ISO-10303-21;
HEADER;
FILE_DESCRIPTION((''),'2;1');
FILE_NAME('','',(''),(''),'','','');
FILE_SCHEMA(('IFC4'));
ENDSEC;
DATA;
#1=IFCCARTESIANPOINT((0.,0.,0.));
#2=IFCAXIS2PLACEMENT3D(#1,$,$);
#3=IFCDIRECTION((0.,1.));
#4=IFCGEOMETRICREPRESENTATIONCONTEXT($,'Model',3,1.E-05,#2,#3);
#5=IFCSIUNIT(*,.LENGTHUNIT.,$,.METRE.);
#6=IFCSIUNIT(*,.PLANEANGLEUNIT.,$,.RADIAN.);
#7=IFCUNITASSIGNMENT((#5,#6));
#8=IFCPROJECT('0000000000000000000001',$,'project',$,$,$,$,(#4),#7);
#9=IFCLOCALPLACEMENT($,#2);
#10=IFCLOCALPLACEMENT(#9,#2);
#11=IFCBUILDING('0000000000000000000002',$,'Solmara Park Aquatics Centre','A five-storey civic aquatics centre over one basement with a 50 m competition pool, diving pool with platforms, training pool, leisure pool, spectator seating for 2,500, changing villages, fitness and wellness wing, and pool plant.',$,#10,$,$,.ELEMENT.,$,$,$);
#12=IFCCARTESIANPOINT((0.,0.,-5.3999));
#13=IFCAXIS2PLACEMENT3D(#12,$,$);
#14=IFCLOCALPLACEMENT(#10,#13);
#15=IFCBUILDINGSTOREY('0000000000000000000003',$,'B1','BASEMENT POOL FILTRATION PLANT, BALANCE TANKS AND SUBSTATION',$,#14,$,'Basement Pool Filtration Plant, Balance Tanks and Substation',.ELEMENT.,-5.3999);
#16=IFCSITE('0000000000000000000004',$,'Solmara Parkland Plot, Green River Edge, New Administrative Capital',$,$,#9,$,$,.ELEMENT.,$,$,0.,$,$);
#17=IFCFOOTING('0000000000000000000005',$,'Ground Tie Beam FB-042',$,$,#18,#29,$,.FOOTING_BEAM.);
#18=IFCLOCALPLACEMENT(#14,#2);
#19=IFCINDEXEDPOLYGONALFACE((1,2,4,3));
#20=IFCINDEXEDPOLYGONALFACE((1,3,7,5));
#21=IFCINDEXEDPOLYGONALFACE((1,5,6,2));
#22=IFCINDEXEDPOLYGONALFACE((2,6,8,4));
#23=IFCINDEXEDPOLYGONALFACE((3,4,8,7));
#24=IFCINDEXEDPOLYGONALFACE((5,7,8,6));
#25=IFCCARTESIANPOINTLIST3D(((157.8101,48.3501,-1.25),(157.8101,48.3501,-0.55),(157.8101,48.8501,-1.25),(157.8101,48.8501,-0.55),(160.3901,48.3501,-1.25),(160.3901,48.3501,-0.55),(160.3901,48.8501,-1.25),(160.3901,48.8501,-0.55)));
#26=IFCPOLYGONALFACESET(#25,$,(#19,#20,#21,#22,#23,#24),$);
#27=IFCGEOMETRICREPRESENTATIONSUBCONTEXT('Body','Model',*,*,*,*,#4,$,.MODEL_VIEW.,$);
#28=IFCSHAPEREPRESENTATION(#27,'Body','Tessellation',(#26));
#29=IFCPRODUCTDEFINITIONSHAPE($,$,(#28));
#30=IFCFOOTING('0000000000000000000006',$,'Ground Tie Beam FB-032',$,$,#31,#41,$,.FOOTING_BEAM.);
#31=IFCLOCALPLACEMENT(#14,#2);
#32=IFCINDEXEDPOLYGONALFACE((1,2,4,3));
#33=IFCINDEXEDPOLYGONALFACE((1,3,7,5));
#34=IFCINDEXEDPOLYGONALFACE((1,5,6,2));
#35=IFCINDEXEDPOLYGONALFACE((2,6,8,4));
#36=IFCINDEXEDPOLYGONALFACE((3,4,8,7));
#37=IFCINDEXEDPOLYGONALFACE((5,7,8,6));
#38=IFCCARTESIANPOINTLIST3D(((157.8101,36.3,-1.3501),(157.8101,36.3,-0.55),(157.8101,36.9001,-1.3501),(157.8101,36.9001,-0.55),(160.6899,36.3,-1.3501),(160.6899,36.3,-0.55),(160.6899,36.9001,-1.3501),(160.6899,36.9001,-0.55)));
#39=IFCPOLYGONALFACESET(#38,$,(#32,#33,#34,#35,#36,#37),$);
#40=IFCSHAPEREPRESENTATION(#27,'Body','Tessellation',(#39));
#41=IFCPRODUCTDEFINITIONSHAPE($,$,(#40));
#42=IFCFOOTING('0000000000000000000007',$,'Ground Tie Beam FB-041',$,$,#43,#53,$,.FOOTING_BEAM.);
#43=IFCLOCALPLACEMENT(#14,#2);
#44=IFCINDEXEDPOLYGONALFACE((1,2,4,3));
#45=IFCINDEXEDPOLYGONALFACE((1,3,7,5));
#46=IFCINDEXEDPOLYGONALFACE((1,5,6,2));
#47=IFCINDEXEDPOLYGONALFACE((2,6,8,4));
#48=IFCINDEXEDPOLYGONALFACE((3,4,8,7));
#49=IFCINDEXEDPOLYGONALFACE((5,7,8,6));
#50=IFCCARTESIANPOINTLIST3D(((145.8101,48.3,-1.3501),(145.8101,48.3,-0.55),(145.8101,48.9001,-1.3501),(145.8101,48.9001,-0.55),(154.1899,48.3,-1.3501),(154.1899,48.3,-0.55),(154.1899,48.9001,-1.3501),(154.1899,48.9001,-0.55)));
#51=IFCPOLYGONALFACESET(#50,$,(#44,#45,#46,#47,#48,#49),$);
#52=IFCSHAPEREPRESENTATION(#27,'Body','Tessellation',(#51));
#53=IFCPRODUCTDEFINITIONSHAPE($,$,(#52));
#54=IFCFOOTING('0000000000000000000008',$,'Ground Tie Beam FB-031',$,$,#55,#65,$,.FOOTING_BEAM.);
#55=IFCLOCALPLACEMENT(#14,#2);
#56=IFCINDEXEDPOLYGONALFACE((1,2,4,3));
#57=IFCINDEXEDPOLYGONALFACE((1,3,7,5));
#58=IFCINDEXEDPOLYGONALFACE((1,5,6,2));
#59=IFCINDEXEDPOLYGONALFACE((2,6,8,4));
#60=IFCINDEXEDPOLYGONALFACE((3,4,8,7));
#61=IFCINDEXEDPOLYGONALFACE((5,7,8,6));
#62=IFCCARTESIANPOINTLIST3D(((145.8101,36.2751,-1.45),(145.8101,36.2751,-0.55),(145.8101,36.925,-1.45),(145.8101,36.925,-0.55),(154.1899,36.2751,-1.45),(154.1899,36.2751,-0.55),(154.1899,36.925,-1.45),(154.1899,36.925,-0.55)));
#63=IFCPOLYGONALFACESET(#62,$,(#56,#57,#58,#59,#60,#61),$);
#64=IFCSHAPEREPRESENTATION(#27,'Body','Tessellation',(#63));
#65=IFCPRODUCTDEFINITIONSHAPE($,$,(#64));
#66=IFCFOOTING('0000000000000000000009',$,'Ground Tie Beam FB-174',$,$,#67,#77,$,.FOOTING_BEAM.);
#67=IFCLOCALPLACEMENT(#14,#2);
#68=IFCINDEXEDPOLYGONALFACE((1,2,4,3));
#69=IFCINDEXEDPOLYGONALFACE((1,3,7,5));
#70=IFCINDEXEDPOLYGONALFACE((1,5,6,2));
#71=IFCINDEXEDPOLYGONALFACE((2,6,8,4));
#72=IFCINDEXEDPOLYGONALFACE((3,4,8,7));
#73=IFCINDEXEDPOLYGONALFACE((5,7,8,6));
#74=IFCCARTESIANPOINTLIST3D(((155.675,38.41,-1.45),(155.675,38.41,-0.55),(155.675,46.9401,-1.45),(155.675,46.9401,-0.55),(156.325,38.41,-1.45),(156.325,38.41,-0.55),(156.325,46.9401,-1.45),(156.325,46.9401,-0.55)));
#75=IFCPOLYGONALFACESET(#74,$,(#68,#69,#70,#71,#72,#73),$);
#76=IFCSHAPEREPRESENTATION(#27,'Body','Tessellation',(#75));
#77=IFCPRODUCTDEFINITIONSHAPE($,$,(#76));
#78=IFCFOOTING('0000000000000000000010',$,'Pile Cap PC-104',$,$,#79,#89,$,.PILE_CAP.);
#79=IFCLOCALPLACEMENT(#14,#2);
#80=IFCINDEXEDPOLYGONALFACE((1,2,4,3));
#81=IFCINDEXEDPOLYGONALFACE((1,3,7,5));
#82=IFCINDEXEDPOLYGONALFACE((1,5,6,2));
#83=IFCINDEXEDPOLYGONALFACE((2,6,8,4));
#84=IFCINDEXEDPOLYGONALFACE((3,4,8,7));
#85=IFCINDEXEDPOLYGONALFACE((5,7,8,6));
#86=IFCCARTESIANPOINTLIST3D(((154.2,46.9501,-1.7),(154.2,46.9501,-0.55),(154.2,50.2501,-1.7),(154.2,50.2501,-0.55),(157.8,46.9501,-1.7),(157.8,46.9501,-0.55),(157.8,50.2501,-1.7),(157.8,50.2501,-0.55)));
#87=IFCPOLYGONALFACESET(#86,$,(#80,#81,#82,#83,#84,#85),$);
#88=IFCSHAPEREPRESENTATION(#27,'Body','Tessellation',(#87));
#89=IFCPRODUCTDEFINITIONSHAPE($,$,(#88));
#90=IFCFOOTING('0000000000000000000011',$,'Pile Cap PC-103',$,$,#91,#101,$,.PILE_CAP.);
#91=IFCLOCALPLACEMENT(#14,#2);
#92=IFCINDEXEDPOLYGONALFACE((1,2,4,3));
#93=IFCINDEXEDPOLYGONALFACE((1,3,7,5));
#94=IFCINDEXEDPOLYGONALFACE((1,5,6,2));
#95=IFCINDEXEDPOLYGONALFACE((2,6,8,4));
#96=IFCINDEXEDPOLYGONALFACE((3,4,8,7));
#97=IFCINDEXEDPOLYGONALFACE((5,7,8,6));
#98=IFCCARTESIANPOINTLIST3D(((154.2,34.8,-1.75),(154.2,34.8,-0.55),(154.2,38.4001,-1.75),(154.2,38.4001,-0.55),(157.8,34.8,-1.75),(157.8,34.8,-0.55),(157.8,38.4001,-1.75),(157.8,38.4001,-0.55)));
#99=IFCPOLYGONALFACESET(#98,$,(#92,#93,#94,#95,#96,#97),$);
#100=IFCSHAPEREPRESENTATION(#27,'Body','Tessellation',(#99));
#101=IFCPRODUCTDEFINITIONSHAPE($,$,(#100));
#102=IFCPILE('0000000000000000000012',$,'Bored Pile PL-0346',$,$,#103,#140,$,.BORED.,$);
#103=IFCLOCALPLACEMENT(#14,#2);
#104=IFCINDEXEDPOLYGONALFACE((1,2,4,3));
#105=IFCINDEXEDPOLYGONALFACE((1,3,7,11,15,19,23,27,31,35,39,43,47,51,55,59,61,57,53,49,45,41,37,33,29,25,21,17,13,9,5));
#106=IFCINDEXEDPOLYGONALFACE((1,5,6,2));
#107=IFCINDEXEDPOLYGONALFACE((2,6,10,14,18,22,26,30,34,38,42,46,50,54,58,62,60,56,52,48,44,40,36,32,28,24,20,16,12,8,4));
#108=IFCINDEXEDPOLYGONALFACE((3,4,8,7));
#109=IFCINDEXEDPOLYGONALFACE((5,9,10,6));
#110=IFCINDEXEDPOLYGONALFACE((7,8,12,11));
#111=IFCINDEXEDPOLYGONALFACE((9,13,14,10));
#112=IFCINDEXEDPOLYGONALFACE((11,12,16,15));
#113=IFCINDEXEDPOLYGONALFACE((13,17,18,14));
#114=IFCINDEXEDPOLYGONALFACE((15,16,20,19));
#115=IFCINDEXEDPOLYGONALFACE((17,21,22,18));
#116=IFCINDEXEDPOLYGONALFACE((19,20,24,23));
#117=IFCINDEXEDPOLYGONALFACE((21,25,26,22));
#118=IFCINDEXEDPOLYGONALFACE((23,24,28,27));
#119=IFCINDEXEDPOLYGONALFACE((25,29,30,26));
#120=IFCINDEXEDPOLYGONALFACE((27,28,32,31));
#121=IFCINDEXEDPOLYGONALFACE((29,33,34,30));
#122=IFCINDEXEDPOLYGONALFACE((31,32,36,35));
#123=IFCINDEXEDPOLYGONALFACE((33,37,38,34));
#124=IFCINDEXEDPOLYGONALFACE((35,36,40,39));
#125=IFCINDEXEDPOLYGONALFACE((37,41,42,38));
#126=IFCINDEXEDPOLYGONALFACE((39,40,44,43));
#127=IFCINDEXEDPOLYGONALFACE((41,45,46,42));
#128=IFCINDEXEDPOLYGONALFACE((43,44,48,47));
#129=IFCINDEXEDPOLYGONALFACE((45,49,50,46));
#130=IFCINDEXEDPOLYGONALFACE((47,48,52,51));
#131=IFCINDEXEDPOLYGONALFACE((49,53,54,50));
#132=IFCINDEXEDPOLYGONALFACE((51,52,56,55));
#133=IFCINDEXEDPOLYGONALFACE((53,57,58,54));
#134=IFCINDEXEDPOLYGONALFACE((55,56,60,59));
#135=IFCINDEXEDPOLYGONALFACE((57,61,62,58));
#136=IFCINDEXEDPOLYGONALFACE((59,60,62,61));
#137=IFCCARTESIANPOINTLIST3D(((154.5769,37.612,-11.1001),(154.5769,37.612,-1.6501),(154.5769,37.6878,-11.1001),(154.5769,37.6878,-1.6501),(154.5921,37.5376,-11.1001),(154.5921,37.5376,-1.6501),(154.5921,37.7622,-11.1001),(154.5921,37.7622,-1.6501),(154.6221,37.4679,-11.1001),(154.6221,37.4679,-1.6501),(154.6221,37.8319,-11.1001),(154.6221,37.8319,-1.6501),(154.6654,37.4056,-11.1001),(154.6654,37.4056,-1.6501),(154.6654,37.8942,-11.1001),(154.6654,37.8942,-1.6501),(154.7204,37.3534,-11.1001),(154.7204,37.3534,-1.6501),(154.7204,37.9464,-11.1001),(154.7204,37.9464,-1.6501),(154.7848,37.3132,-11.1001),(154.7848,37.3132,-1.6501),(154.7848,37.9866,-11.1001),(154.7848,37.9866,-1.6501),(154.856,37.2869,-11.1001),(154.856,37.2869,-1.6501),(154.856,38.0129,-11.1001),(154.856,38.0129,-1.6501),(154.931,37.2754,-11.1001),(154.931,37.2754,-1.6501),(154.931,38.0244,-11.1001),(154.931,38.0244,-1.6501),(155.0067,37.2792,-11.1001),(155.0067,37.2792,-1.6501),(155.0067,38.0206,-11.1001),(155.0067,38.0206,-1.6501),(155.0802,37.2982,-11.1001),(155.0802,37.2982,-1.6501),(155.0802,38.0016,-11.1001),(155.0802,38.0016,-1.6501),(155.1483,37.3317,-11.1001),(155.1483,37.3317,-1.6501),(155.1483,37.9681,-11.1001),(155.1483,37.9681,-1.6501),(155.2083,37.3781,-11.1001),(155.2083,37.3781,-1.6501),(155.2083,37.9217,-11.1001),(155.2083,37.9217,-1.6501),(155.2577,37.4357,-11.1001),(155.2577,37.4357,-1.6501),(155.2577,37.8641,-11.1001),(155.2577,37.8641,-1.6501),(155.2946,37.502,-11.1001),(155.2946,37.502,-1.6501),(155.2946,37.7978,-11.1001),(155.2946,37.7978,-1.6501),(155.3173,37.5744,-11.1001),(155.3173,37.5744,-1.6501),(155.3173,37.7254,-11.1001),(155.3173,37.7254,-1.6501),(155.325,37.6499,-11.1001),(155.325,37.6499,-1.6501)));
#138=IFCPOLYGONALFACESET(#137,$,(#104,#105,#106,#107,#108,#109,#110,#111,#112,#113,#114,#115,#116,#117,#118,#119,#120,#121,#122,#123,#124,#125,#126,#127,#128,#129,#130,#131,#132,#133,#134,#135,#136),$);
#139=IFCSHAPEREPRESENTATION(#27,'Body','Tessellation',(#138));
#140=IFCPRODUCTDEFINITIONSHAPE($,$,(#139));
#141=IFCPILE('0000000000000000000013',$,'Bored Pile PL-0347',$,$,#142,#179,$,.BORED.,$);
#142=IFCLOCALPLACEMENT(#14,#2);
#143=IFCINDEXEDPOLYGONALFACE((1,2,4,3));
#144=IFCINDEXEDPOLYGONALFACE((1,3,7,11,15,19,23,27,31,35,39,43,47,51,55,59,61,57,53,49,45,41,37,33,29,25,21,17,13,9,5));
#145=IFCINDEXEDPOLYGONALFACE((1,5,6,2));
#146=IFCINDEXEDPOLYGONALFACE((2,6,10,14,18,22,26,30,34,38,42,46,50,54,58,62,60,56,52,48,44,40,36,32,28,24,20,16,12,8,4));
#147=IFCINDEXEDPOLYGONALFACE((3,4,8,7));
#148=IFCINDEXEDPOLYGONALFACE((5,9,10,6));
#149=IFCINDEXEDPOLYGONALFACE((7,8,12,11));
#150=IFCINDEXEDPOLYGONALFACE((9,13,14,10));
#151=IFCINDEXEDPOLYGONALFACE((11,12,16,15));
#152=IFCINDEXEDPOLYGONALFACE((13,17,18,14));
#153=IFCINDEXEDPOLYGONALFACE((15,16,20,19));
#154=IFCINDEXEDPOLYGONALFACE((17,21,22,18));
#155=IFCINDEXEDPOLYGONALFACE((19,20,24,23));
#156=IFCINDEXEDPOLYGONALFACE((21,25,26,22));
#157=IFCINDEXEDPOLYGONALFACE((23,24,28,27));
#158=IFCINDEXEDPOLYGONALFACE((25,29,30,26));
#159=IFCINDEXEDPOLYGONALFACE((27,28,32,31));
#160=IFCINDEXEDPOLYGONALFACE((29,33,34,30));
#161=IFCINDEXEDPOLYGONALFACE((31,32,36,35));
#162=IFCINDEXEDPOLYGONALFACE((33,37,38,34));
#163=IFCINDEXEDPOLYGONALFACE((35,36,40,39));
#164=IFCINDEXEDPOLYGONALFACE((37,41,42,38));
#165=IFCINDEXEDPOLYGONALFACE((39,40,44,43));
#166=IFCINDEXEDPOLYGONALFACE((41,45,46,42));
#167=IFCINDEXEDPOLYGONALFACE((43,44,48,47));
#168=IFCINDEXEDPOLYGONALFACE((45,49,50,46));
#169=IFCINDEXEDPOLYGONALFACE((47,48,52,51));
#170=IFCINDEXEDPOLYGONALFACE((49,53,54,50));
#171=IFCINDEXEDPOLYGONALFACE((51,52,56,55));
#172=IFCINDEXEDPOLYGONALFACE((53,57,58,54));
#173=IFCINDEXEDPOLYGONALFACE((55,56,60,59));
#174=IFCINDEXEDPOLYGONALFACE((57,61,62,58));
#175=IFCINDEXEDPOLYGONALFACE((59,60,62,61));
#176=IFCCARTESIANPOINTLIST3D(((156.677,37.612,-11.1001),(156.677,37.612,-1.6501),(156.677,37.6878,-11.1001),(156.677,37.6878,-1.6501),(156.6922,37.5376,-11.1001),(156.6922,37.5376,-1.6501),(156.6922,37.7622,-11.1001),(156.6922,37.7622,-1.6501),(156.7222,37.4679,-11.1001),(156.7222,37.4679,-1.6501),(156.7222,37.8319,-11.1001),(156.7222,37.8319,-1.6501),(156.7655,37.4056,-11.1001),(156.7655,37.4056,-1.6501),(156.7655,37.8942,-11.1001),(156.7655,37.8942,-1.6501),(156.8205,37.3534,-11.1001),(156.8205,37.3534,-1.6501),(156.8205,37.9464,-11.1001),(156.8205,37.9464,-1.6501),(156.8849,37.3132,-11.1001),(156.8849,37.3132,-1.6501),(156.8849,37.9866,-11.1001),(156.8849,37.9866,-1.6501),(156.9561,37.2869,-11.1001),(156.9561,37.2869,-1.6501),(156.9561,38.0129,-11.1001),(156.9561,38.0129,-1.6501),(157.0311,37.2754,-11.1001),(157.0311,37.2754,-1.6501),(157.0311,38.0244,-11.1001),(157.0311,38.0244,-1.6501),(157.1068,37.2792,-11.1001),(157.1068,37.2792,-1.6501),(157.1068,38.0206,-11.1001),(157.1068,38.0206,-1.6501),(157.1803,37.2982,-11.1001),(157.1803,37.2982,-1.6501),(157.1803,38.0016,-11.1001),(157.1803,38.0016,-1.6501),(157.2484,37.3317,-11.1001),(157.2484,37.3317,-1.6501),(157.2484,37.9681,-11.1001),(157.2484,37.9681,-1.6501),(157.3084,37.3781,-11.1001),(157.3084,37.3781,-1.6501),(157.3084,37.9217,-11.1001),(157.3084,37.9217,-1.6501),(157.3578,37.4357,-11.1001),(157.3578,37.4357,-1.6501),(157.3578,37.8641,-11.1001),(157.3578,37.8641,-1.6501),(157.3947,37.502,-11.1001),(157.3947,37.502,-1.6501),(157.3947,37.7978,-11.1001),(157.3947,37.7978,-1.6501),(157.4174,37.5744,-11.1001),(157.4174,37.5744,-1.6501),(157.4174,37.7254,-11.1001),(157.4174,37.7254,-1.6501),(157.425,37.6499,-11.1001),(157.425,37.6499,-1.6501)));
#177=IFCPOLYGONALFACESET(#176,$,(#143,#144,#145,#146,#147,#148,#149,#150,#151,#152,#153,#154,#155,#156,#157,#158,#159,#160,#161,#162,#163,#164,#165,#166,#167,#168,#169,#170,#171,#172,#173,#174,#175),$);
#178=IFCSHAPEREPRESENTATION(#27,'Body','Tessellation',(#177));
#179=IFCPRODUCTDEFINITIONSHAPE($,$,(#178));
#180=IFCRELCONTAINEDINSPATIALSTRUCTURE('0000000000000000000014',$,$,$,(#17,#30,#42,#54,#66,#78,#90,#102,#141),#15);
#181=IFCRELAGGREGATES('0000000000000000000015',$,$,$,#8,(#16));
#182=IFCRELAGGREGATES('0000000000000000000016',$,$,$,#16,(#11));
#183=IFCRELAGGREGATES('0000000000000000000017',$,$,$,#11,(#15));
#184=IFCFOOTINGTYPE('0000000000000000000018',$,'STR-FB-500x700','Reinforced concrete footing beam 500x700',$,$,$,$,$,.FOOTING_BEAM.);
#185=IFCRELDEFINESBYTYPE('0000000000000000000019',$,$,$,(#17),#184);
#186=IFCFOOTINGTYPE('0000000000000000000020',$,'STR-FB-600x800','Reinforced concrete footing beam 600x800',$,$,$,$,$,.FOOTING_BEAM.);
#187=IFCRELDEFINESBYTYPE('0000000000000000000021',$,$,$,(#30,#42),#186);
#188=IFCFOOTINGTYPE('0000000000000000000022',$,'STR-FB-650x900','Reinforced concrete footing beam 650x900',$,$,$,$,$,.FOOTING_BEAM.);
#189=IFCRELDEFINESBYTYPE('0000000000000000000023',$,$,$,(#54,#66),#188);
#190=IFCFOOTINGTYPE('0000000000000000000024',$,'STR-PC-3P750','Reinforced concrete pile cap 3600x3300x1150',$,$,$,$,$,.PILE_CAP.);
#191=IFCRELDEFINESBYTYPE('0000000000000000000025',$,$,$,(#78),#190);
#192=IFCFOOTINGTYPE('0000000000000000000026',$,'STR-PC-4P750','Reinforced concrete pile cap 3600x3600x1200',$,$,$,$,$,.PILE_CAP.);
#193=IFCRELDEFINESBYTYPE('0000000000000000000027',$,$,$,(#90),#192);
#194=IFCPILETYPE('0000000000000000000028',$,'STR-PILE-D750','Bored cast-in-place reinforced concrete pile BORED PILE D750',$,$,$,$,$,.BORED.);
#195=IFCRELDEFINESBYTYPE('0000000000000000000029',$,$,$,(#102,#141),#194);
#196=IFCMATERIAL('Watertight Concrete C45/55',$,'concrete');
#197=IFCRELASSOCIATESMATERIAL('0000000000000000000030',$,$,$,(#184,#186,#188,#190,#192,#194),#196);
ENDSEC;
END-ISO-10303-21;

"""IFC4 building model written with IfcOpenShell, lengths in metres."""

from ifc_helpers import new_model, si_unit, direction, frame, origin, origin_2d, place, context, subcontext, project, spatial, rectangle, circle, extrude, material, material_profile, profile_set, type_object, element, save


model = new_model("IFC4")

# Units and contexts
model_context = context("Model", 3, precision=1e-05, world=origin(), true_north=direction((0.0, 1.0)))
body_context = subcontext(model_context, "Body", "Model", "MODEL_VIEW")
ifc_project = project(units=[si_unit("LENGTHUNIT", "METRE"), si_unit("PLANEANGLEUNIT", "RADIAN")], contexts=[model_context])

# Site, building, storey
site_placement = place(None, origin())
site = spatial("IfcSite", under=ifc_project, at=site_placement, Name="Solmara Parkland Plot, Green River Edge, New Administrative Capital", CompositionType="ELEMENT", RefElevation=0.0)
building_placement = place(site_placement, origin())
building = spatial("IfcBuilding", under=site, at=building_placement, Name="Solmara Park Aquatics Centre", Description="A five-storey civic aquatics centre over one basement with a 50 m competition pool, diving pool with platforms, training pool, leisure pool, spectator seating for 2,500, changing villages, fitness and wellness wing, and pool plant.", CompositionType="ELEMENT")
storey_placement = place(building_placement, frame((0.0, 0.0, -5.3999)))
storey = spatial("IfcBuildingStorey", under=building, at=storey_placement, Name="B1", Description="BASEMENT POOL FILTRATION PLANT, BALANCE TANKS AND SUBSTATION", LongName="Basement Pool Filtration Plant, Balance Tanks and Substation", CompositionType="ELEMENT", Elevation=-5.3999)

# Footings
ifc_material_1 = material(Name="Watertight Concrete C45/55", Category="concrete")
footing_type_1 = type_object("IfcFootingType", Name="STR-FB-500x700", Description="Reinforced concrete footing beam 500x700", PredefinedType="FOOTING_BEAM", material=ifc_material_1)
footing_1_placement = place(storey_placement, frame((159.1001, 48.6001, -1.25), z_axis=(0.0, 0.0, 1.0), x_axis=(1.0, 0.0, 0.0)))
element("IfcFooting", 1, at=footing_1_placement, inside=storey, type_object=footing_type_1, Name="Ground Tie Beam FB-042", PredefinedType="FOOTING_BEAM", context=body_context, shape_type="SweptSolid", body=[
    extrude(rectangle(XDim=2.5801, YDim=0.5, at=origin_2d()), origin(), (0.0, 0.0, 1.0), 0.7),
])
footing_type_2 = type_object("IfcFootingType", Name="STR-FB-600x800", Description="Reinforced concrete footing beam 600x800", PredefinedType="FOOTING_BEAM", material=ifc_material_1)
footing_2_placement = place(storey_placement, frame((159.25, 36.6001, -1.3501), z_axis=(0.0, 0.0, 1.0), x_axis=(1.0, 0.0, 0.0)))
element("IfcFooting", 2, at=footing_2_placement, inside=storey, type_object=footing_type_2, Name="Ground Tie Beam FB-032", PredefinedType="FOOTING_BEAM", context=body_context, shape_type="SweptSolid", body=[
    extrude(rectangle(XDim=2.8799, YDim=0.6001, at=origin_2d()), origin(), (0.0, 0.0, 1.0), 0.8),
])
footing_3_placement = place(storey_placement, frame((150.0, 48.6001, -1.3501), z_axis=(0.0, 0.0, 1.0), x_axis=(1.0, 0.0, 0.0)))
element("IfcFooting", 3, at=footing_3_placement, inside=storey, type_object=footing_type_2, Name="Ground Tie Beam FB-041", PredefinedType="FOOTING_BEAM", context=body_context, shape_type="SweptSolid", body=[
    extrude(rectangle(XDim=8.3799, YDim=0.6001, at=origin_2d()), origin(), (0.0, 0.0, 1.0), 0.8),
])
footing_type_3 = type_object("IfcFootingType", Name="STR-FB-650x900", Description="Reinforced concrete footing beam 650x900", PredefinedType="FOOTING_BEAM", material=ifc_material_1)
footing_4_placement = place(storey_placement, frame((150.0, 36.6001, -1.45), z_axis=(0.0, 0.0, 1.0), x_axis=(1.0, 0.0, 0.0)))
element("IfcFooting", 4, at=footing_4_placement, inside=storey, type_object=footing_type_3, Name="Ground Tie Beam FB-031", PredefinedType="FOOTING_BEAM", context=body_context, shape_type="SweptSolid", body=[
    extrude(rectangle(XDim=8.3799, YDim=0.6499, at=origin_2d()), origin(), (0.0, 0.0, 1.0), 0.8999),
])
footing_5_placement = place(storey_placement, frame((156.0, 42.675, -1.45), z_axis=(0.0, 0.0, 1.0), x_axis=(1.0, 0.0, 0.0)))
element("IfcFooting", 5, at=footing_5_placement, inside=storey, type_object=footing_type_3, Name="Ground Tie Beam FB-174", PredefinedType="FOOTING_BEAM", context=body_context, shape_type="SweptSolid", body=[
    extrude(rectangle(XDim=0.6499, YDim=8.53, at=origin_2d()), origin(), (0.0, 0.0, 1.0), 0.8999),
])
footing_type_4 = type_object("IfcFootingType", Name="STR-PC-3P750", Description="Reinforced concrete pile cap 3600x3300x1150", PredefinedType="PILE_CAP", material=ifc_material_1)
footing_6_placement = place(storey_placement, frame((156.0, 48.6001, -1.7), z_axis=(0.0, 0.0, 1.0), x_axis=(1.0, 0.0, 0.0)))
element("IfcFooting", 6, at=footing_6_placement, inside=storey, type_object=footing_type_4, Name="Pile Cap PC-104", PredefinedType="PILE_CAP", context=body_context, shape_type="SweptSolid", body=[
    extrude(rectangle(XDim=3.6001, YDim=3.3, at=origin_2d()), origin(), (0.0, 0.0, 1.0), 1.1499),
])
footing_type_5 = type_object("IfcFootingType", Name="STR-PC-4P750", Description="Reinforced concrete pile cap 3600x3600x1200", PredefinedType="PILE_CAP", material=ifc_material_1)
footing_7_placement = place(storey_placement, frame((156.0, 36.6001, -1.75), z_axis=(0.0, 0.0, 1.0), x_axis=(1.0, 0.0, 0.0)))
element("IfcFooting", 7, at=footing_7_placement, inside=storey, type_object=footing_type_5, Name="Pile Cap PC-103", PredefinedType="PILE_CAP", context=body_context, shape_type="SweptSolid", body=[
    extrude(rectangle(XDim=3.6001, YDim=3.6001, at=origin_2d()), origin(), (0.0, 0.0, 1.0), 1.2),
])

# Piles
ifc_material_profile_1 = material_profile(ifc_material_1, circle(Radius=0.375, at=origin_2d()), Name="BORED PILE D750")
ifc_profile_set_1 = profile_set([ifc_material_profile_1], Name="Watertight Concrete C45/55")
pile_type = type_object("IfcPileType", Name="STR-PILE-D750", Description="Bored cast-in-place reinforced concrete pile BORED PILE D750", PredefinedType="BORED", material=ifc_profile_set_1)
for number, where, z_axis, x_axis, name in (
    (8, (154.95, 37.6499, -1.6501), (0.0, 0.0, -1.0), (1.0, 0.0, 0.0), "Bored Pile PL-0346"),
    (9, (157.05, 37.6499, -1.6501), (0.0, 0.0, -1.0), (1.0, 0.0, 0.0), "Bored Pile PL-0347"),
):
    element("IfcPile", number, at=place(storey_placement, frame(where, z_axis=z_axis, x_axis=x_axis)), inside=storey, type_object=pile_type, Name=name, PredefinedType="BORED", context=body_context, shape_type="SweptSolid", body=[
        extrude(circle(Radius=0.375, at=origin_2d()), origin(), (0.0, 0.0, 1.0), 9.45),
    ])

save(model, "model.ifc")
